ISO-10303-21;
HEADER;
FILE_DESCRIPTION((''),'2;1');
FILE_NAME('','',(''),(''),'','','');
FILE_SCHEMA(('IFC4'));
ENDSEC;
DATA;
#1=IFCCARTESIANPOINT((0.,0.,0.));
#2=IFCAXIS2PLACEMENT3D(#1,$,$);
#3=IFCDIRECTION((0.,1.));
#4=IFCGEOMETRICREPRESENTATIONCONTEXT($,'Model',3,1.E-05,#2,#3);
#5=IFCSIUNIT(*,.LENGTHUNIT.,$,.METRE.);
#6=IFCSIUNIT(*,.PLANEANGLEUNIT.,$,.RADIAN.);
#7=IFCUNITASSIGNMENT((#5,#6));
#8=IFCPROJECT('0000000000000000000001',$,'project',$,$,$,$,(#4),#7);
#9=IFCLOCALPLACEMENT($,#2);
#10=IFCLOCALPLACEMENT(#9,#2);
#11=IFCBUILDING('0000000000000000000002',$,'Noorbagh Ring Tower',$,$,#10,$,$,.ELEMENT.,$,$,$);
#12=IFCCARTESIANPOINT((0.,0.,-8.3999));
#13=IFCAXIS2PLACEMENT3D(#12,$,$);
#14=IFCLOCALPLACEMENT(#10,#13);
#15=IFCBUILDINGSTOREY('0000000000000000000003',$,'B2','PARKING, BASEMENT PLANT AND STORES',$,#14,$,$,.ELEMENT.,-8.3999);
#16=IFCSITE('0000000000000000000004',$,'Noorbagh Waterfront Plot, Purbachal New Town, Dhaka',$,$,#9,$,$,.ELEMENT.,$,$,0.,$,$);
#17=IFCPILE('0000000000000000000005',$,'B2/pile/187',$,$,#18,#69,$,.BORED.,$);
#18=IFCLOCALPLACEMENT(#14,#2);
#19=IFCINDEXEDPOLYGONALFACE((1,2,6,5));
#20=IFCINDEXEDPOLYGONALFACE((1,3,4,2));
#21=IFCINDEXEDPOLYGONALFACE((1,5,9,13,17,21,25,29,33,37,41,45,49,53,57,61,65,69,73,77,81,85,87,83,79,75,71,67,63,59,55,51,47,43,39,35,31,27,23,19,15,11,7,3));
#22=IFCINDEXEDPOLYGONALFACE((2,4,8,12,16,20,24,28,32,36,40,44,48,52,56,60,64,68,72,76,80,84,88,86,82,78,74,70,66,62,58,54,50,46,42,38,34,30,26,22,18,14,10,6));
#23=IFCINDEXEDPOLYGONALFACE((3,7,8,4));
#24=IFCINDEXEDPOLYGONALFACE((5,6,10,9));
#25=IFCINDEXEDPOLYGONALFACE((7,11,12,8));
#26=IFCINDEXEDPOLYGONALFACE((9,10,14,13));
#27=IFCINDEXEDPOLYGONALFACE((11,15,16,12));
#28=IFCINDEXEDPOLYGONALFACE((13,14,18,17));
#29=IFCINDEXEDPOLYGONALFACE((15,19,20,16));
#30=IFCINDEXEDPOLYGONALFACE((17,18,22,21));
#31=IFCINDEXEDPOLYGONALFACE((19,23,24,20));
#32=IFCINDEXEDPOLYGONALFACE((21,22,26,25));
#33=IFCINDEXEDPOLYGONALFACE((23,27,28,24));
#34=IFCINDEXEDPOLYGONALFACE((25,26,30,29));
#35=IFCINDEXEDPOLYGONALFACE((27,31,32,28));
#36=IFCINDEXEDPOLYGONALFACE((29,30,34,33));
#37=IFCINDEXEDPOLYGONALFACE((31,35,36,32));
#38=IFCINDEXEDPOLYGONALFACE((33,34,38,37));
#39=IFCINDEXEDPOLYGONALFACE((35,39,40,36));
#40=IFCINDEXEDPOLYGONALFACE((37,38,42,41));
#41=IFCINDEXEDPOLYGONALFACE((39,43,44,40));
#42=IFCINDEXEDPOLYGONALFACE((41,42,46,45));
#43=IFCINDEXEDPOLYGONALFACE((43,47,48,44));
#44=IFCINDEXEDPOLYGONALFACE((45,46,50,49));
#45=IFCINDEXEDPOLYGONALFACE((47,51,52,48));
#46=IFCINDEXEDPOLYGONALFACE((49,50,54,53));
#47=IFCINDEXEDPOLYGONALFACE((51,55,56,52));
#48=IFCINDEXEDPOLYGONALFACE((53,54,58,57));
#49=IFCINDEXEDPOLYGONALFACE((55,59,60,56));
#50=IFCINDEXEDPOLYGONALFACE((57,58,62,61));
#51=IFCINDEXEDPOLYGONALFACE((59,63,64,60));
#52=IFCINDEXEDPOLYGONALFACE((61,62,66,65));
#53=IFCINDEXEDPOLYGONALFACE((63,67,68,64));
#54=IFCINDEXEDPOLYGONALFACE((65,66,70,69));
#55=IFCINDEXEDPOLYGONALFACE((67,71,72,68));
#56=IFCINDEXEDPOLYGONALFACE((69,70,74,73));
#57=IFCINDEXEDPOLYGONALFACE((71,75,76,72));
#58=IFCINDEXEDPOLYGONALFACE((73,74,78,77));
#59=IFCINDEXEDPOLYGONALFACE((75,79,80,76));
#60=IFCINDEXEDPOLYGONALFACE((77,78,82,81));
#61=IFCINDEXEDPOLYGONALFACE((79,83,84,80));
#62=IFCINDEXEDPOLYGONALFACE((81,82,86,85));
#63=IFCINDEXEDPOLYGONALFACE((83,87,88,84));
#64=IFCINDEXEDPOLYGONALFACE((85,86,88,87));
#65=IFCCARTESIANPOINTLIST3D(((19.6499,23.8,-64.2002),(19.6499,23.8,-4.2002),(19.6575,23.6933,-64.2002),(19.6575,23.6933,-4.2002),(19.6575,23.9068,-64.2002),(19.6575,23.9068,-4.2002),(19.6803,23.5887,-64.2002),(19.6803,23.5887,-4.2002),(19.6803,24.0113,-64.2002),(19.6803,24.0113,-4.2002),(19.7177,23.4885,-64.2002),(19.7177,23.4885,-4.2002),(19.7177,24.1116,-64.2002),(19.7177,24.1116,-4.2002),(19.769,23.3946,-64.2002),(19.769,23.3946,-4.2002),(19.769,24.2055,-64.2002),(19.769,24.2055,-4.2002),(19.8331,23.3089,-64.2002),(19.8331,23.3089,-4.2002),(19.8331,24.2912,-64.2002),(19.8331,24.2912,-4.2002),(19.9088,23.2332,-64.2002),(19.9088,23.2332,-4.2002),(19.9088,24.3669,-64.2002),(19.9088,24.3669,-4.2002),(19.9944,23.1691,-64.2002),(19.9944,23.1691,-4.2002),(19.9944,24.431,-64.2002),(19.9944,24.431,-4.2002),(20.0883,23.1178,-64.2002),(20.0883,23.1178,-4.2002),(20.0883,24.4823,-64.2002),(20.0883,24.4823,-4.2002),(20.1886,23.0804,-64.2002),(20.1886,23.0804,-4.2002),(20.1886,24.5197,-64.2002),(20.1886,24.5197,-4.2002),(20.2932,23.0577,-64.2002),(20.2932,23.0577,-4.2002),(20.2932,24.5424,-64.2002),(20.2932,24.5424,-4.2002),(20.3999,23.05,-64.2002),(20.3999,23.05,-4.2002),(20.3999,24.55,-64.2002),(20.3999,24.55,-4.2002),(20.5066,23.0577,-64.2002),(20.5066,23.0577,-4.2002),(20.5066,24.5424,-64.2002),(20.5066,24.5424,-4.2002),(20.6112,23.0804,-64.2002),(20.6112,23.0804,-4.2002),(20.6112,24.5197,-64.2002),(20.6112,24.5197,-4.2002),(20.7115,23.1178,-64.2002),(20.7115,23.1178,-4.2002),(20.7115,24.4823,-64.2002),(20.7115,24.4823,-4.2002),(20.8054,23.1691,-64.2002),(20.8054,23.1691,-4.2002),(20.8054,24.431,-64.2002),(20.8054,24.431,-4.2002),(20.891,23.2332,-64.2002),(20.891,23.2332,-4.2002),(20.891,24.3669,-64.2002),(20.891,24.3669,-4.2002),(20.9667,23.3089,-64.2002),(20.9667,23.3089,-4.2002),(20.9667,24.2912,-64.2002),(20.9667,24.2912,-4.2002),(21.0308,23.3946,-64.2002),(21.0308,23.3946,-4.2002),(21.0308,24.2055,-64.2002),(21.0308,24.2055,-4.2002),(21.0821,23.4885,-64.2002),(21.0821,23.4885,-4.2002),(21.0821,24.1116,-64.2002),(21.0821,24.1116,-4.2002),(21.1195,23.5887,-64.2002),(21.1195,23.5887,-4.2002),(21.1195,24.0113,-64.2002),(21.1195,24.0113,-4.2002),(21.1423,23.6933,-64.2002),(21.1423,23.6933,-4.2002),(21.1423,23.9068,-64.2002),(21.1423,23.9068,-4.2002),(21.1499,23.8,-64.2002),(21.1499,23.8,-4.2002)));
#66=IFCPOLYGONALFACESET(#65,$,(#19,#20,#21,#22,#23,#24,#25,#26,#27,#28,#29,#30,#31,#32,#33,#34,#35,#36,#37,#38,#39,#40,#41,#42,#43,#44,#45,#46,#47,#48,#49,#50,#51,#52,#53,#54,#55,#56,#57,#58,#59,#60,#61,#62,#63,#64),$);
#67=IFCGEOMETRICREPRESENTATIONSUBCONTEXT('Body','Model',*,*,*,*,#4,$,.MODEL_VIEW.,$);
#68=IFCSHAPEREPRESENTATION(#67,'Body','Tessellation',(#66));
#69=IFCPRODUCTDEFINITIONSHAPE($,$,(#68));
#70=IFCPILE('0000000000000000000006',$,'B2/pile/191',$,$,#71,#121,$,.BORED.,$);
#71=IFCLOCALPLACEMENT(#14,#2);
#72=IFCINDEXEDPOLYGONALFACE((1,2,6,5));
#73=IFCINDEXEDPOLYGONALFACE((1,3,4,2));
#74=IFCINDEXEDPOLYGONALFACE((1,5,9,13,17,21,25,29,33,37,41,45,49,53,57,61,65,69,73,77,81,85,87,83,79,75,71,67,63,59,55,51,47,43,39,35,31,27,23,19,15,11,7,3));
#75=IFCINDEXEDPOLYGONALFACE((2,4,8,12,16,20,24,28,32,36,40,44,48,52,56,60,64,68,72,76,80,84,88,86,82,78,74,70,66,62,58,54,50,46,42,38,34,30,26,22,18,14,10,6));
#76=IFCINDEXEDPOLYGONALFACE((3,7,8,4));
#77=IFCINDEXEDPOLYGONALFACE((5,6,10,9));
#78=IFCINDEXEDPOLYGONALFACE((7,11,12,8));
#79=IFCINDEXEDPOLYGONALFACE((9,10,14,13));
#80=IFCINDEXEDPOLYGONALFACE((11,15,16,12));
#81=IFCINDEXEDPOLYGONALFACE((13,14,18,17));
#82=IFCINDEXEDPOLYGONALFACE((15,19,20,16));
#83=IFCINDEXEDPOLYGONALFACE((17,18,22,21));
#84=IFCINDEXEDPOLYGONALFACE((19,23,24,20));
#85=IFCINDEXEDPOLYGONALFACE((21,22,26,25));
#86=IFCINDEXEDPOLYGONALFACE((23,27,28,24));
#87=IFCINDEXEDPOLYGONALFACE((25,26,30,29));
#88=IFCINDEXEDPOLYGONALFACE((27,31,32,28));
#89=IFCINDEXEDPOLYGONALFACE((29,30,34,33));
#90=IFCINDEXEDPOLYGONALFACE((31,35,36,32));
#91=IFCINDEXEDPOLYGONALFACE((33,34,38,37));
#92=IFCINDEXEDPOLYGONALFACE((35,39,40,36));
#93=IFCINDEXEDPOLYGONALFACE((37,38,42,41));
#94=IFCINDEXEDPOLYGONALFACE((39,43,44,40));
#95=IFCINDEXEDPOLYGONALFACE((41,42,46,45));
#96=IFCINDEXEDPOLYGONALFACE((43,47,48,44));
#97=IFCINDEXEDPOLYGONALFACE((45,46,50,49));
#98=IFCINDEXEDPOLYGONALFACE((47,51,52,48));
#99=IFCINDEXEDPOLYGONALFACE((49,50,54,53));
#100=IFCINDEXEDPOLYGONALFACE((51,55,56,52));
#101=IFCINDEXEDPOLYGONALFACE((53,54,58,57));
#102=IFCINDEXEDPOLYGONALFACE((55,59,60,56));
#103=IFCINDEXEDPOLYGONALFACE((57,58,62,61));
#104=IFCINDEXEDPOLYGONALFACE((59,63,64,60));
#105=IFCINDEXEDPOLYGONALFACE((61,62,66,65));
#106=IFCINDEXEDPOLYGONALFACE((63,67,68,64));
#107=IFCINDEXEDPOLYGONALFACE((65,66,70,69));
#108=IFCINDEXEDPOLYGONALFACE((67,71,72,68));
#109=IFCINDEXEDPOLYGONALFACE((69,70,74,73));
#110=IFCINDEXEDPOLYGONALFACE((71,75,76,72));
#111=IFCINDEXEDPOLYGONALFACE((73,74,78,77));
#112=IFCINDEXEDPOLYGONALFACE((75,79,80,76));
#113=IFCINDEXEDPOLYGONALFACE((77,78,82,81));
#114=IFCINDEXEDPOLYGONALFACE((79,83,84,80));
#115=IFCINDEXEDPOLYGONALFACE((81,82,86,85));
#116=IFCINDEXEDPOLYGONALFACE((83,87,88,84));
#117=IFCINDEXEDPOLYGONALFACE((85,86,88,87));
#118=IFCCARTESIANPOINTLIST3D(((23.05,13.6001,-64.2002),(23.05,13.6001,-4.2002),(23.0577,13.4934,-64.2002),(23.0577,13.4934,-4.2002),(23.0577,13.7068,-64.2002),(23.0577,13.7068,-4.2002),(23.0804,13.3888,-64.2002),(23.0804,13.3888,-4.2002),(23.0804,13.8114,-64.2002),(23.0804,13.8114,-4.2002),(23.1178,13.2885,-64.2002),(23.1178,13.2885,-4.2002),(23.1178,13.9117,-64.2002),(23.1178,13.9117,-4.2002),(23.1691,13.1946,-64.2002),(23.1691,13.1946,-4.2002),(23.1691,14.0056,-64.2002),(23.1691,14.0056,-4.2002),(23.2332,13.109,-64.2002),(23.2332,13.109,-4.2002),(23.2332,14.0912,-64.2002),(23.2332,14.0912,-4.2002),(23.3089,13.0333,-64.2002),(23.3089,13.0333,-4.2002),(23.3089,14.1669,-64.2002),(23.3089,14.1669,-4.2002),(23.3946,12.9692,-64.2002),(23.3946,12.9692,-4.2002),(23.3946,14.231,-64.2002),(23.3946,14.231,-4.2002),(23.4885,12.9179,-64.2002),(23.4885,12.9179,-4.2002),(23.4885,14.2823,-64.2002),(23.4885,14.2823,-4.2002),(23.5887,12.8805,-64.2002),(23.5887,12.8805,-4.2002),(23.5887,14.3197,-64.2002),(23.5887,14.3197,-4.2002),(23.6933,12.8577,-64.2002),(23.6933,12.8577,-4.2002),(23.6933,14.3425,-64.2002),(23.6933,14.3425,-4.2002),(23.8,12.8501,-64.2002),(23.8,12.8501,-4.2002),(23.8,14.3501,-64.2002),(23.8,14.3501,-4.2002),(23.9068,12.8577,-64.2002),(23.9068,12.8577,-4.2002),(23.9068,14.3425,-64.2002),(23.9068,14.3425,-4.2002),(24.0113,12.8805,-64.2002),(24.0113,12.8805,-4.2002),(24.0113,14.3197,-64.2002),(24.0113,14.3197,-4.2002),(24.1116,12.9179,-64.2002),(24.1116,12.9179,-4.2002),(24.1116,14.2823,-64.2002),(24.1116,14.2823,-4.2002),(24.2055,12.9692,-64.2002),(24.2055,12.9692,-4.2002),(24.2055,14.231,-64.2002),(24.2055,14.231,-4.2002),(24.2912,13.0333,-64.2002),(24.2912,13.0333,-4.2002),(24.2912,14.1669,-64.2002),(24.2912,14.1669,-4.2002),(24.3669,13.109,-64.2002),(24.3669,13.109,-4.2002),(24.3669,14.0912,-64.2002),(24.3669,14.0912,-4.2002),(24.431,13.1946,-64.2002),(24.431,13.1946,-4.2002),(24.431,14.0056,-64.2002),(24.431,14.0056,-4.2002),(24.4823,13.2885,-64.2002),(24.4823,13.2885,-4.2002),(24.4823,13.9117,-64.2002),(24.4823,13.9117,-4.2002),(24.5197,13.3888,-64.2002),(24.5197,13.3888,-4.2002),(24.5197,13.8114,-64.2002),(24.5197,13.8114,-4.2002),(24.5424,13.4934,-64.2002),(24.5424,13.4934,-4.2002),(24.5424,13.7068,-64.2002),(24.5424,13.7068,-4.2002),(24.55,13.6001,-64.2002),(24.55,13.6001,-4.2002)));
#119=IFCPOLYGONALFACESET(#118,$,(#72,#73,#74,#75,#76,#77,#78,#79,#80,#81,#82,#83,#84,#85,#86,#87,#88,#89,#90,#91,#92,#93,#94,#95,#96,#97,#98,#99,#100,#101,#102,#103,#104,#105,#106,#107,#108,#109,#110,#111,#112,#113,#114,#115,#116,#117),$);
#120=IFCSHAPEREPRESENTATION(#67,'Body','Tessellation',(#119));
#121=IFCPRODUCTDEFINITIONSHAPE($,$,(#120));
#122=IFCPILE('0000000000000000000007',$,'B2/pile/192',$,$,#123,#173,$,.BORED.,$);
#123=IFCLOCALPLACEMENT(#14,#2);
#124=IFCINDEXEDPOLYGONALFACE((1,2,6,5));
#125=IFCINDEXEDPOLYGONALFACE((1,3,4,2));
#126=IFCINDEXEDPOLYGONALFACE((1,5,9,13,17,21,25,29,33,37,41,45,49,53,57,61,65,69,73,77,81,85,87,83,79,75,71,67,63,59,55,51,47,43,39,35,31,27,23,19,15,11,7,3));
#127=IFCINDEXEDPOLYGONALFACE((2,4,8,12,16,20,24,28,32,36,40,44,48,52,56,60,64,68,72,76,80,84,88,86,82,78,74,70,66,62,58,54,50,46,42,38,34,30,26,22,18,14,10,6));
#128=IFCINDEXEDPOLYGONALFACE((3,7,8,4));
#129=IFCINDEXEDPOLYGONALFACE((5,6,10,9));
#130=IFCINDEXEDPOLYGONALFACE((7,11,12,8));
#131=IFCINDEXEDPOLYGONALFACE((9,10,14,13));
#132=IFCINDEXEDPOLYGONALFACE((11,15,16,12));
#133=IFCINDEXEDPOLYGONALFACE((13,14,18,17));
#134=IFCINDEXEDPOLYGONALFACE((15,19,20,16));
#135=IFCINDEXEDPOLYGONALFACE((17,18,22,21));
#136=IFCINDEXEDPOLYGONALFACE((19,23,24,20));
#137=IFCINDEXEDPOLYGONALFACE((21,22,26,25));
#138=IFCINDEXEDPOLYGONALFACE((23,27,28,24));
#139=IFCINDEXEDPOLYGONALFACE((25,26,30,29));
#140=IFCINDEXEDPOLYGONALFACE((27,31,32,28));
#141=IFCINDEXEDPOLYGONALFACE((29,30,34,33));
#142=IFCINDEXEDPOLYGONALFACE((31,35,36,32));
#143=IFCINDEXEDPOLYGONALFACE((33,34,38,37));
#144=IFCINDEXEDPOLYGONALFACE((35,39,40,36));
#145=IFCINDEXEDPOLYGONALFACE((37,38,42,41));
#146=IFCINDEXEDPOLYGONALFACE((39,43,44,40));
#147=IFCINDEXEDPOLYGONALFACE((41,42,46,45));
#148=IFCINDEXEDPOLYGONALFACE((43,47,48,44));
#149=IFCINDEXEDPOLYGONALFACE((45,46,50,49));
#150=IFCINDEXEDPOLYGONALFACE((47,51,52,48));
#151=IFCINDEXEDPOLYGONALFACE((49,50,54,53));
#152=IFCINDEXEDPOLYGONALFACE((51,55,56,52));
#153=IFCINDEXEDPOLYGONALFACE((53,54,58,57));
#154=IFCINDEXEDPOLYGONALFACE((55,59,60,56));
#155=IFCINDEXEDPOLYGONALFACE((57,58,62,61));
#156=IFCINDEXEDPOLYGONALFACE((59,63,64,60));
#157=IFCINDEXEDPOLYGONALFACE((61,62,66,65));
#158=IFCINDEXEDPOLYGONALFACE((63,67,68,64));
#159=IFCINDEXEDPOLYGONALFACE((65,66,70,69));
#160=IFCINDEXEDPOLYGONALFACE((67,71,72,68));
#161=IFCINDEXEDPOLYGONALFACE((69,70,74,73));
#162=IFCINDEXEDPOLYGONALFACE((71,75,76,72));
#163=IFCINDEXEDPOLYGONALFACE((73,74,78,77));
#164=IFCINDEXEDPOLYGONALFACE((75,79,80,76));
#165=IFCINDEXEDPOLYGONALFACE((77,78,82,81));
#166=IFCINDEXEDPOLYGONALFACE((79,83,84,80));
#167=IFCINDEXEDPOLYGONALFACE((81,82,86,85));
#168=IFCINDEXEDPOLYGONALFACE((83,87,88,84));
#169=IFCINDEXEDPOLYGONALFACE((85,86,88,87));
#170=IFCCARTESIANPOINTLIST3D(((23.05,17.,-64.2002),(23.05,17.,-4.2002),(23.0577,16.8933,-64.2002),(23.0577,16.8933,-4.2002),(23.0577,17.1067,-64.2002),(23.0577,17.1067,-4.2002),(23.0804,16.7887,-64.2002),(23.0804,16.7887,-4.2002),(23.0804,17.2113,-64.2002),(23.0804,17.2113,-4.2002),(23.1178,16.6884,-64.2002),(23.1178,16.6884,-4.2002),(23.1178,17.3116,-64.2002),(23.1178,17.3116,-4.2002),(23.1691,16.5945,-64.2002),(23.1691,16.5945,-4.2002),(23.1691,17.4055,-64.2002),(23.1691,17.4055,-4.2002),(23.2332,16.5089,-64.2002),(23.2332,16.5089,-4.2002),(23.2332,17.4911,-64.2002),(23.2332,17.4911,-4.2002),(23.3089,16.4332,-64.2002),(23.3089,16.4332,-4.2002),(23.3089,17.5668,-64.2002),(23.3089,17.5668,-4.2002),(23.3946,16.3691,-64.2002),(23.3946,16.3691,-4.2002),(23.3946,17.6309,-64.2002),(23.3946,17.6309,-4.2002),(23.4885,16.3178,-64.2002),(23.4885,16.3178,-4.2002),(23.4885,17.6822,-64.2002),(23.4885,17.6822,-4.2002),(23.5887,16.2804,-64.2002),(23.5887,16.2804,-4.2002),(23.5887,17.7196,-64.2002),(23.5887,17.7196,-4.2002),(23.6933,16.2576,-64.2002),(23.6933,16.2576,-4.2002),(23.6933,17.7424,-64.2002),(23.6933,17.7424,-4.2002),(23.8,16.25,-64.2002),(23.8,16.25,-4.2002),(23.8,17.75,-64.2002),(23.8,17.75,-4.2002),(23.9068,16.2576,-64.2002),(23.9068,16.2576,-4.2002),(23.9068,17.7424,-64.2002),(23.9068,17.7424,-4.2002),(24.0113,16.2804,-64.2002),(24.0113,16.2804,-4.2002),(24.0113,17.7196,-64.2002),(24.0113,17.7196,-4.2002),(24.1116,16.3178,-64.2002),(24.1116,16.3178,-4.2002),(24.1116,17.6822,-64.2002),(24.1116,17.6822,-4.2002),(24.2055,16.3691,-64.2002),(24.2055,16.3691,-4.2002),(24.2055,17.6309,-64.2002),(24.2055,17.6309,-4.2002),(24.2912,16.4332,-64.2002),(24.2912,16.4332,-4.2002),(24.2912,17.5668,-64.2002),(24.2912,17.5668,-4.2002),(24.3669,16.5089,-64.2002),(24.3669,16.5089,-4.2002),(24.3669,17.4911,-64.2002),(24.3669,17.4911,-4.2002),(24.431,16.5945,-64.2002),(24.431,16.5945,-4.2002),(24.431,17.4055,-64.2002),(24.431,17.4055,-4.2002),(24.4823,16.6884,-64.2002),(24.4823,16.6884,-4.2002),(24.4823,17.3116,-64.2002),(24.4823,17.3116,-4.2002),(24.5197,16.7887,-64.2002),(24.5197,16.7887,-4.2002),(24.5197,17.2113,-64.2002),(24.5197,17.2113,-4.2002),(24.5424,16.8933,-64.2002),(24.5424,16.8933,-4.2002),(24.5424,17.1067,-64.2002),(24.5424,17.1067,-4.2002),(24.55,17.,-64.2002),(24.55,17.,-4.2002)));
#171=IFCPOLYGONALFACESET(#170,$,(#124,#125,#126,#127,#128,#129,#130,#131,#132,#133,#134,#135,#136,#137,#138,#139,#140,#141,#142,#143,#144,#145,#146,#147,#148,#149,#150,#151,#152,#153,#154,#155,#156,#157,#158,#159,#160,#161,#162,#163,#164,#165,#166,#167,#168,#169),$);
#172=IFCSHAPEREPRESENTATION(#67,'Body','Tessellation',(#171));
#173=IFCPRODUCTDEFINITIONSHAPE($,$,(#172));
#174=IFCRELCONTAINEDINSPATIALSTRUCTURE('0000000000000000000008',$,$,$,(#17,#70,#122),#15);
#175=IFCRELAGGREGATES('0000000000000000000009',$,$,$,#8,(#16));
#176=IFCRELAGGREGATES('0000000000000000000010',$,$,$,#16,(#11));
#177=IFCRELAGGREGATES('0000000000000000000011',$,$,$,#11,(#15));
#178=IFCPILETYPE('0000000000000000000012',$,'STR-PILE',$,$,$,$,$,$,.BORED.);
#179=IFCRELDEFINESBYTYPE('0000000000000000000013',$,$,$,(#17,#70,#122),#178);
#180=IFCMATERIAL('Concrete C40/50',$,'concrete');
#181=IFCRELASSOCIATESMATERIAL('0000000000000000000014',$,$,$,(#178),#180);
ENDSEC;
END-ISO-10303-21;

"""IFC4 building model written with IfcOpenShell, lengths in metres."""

from ifc_helpers import new_model, si_unit, direction, frame, origin, origin_2d, place, context, subcontext, project, spatial, circle, extrude, material, material_profile, profile_set, type_object, element, save


model = new_model("IFC4")

# Units and contexts
model_context = context("Model", 3, precision=1e-05, world=origin(), true_north=direction((0.0, 1.0)))
body_context = subcontext(model_context, "Body", "Model", "MODEL_VIEW")
ifc_project = project(units=[si_unit("LENGTHUNIT", "METRE"), si_unit("PLANEANGLEUNIT", "RADIAN")], contexts=[model_context])

# Site, building, storey
site_placement = place(None, origin())
site = spatial("IfcSite", under=ifc_project, at=site_placement, Name="Noorbagh Waterfront Plot, Purbachal New Town, Dhaka", CompositionType="ELEMENT", RefElevation=0.0)
building_placement = place(site_placement, origin())
building = spatial("IfcBuilding", under=site, at=building_placement, Name="Noorbagh Ring Tower", CompositionType="ELEMENT")
storey_placement = place(building_placement, frame((0.0, 0.0, -8.3999)))
storey = spatial("IfcBuildingStorey", under=building, at=storey_placement, Name="B2", Description="PARKING, BASEMENT PLANT AND STORES", CompositionType="ELEMENT", Elevation=-8.3999)

# Piles
ifc_material_1 = material(Name="Concrete C40/50", Category="concrete")
ifc_material_profile_1 = material_profile(ifc_material_1, circle(Radius=0.75, at=origin_2d()), Name="PILE1500")
ifc_profile_set_1 = profile_set([ifc_material_profile_1], Name="Concrete C40/50")
pile_type_1 = type_object("IfcPileType", Name="STR-PILE", PredefinedType="BORED", material=ifc_profile_set_1)
for number, where, z_axis, x_axis, name in (
    (1, (20.3999, 23.8, -4.2002), (0.0, 0.0, -1.0), (1.0, 0.0, 0.0), "B2/pile/187"),
    (2, (23.8, 13.6001, -4.2002), (0.0, 0.0, -1.0), (1.0, 0.0, 0.0), "B2/pile/191"),
    (3, (23.8, 17.0, -4.2002), (0.0, 0.0, -1.0), (1.0, 0.0, 0.0), "B2/pile/192"),
):
    element("IfcPile", number, at=place(storey_placement, frame(where, z_axis=z_axis, x_axis=x_axis)), inside=storey, type_object=pile_type_1, Name=name, PredefinedType="BORED", context=body_context, shape_type="SweptSolid", body=[
        extrude(circle(Radius=0.75, at=origin_2d()), origin(), (0.0, 0.0, 1.0), 60.0),
    ])

save(model, "model.ifc")
